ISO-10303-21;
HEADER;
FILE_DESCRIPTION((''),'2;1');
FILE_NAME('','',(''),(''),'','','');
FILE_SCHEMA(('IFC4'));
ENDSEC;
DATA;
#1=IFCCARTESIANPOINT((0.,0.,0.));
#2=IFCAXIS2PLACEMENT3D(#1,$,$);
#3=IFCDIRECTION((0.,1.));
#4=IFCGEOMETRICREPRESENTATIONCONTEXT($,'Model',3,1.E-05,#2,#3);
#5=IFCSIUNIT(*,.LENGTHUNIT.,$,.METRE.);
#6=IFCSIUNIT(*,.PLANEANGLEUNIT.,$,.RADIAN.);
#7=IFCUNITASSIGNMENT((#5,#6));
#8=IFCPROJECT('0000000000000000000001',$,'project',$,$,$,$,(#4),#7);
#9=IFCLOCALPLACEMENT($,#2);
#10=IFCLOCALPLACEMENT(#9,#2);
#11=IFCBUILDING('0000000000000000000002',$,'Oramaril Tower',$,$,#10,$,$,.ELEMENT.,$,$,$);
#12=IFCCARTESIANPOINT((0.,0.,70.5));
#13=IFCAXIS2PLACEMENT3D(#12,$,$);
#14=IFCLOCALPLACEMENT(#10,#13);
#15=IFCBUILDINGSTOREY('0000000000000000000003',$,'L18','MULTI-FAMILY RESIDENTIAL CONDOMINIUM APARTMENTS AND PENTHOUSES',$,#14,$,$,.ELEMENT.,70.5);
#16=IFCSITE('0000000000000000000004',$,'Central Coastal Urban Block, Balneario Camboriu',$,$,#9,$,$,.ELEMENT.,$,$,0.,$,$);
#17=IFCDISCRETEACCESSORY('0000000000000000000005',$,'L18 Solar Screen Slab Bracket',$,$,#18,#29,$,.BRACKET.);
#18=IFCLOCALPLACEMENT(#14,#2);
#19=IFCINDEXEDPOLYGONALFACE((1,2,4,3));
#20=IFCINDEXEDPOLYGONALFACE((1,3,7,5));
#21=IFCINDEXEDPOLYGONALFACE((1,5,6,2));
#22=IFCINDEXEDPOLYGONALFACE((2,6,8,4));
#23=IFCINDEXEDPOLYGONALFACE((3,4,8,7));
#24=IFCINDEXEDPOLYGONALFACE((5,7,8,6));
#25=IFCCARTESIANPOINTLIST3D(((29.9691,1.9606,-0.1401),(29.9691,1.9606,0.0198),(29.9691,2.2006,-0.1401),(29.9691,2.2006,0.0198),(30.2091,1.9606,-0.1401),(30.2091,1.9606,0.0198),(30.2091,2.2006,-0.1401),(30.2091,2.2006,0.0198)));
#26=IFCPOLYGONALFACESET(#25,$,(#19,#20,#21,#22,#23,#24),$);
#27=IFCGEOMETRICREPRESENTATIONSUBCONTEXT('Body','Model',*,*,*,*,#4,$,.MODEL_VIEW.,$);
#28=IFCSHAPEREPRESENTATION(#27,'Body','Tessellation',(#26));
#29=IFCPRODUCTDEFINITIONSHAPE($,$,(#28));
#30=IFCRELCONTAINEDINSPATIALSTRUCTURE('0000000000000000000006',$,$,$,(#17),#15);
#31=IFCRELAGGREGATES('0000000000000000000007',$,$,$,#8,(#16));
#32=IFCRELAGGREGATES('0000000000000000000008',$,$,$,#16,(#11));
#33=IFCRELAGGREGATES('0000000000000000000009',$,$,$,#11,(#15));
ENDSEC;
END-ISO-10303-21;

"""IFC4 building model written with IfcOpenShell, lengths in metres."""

from ifc_helpers import new_model, si_unit, direction, frame, origin, origin_2d, place, context, subcontext, project, spatial, rectangle, extrude, element, save


model = new_model("IFC4")

# Units and contexts
model_context = context("Model", 3, precision=1e-05, world=origin(), true_north=direction((0.0, 1.0)))
body_context = subcontext(model_context, "Body", "Model", "MODEL_VIEW")
ifc_project = project(units=[si_unit("LENGTHUNIT", "METRE"), si_unit("PLANEANGLEUNIT", "RADIAN")], contexts=[model_context])

# Site, building, storey
site_placement = place(None, origin())
site = spatial("IfcSite", under=ifc_project, at=site_placement, Name="Central Coastal Urban Block, Balneario Camboriu", CompositionType="ELEMENT", RefElevation=0.0)
building_placement = place(site_placement, origin())
building = spatial("IfcBuilding", under=site, at=building_placement, Name="Oramaril Tower", CompositionType="ELEMENT")
storey_placement = place(building_placement, frame((0.0, 0.0, 70.5)))
storey = spatial("IfcBuildingStorey", under=building, at=storey_placement, Name="L18", Description="MULTI-FAMILY RESIDENTIAL CONDOMINIUM APARTMENTS AND PENTHOUSES", CompositionType="ELEMENT", Elevation=70.5)

# Discrete accessory
discrete_accessory_placement = place(storey_placement, frame((30.0891, 2.0806, -0.1401), z_axis=(0.0, 0.0, 1.0), x_axis=(1.0, 0.0, 0.0)))
element("IfcDiscreteAccessory", 1, at=discrete_accessory_placement, inside=storey, Name="L18 Solar Screen Slab Bracket", PredefinedType="BRACKET", context=body_context, shape_type="SweptSolid", body=[
    extrude(rectangle(XDim=0.24, YDim=0.24, at=origin_2d()), origin(), (0.0, 0.0, 1.0), 0.1599),
])

save(model, "model.ifc")
